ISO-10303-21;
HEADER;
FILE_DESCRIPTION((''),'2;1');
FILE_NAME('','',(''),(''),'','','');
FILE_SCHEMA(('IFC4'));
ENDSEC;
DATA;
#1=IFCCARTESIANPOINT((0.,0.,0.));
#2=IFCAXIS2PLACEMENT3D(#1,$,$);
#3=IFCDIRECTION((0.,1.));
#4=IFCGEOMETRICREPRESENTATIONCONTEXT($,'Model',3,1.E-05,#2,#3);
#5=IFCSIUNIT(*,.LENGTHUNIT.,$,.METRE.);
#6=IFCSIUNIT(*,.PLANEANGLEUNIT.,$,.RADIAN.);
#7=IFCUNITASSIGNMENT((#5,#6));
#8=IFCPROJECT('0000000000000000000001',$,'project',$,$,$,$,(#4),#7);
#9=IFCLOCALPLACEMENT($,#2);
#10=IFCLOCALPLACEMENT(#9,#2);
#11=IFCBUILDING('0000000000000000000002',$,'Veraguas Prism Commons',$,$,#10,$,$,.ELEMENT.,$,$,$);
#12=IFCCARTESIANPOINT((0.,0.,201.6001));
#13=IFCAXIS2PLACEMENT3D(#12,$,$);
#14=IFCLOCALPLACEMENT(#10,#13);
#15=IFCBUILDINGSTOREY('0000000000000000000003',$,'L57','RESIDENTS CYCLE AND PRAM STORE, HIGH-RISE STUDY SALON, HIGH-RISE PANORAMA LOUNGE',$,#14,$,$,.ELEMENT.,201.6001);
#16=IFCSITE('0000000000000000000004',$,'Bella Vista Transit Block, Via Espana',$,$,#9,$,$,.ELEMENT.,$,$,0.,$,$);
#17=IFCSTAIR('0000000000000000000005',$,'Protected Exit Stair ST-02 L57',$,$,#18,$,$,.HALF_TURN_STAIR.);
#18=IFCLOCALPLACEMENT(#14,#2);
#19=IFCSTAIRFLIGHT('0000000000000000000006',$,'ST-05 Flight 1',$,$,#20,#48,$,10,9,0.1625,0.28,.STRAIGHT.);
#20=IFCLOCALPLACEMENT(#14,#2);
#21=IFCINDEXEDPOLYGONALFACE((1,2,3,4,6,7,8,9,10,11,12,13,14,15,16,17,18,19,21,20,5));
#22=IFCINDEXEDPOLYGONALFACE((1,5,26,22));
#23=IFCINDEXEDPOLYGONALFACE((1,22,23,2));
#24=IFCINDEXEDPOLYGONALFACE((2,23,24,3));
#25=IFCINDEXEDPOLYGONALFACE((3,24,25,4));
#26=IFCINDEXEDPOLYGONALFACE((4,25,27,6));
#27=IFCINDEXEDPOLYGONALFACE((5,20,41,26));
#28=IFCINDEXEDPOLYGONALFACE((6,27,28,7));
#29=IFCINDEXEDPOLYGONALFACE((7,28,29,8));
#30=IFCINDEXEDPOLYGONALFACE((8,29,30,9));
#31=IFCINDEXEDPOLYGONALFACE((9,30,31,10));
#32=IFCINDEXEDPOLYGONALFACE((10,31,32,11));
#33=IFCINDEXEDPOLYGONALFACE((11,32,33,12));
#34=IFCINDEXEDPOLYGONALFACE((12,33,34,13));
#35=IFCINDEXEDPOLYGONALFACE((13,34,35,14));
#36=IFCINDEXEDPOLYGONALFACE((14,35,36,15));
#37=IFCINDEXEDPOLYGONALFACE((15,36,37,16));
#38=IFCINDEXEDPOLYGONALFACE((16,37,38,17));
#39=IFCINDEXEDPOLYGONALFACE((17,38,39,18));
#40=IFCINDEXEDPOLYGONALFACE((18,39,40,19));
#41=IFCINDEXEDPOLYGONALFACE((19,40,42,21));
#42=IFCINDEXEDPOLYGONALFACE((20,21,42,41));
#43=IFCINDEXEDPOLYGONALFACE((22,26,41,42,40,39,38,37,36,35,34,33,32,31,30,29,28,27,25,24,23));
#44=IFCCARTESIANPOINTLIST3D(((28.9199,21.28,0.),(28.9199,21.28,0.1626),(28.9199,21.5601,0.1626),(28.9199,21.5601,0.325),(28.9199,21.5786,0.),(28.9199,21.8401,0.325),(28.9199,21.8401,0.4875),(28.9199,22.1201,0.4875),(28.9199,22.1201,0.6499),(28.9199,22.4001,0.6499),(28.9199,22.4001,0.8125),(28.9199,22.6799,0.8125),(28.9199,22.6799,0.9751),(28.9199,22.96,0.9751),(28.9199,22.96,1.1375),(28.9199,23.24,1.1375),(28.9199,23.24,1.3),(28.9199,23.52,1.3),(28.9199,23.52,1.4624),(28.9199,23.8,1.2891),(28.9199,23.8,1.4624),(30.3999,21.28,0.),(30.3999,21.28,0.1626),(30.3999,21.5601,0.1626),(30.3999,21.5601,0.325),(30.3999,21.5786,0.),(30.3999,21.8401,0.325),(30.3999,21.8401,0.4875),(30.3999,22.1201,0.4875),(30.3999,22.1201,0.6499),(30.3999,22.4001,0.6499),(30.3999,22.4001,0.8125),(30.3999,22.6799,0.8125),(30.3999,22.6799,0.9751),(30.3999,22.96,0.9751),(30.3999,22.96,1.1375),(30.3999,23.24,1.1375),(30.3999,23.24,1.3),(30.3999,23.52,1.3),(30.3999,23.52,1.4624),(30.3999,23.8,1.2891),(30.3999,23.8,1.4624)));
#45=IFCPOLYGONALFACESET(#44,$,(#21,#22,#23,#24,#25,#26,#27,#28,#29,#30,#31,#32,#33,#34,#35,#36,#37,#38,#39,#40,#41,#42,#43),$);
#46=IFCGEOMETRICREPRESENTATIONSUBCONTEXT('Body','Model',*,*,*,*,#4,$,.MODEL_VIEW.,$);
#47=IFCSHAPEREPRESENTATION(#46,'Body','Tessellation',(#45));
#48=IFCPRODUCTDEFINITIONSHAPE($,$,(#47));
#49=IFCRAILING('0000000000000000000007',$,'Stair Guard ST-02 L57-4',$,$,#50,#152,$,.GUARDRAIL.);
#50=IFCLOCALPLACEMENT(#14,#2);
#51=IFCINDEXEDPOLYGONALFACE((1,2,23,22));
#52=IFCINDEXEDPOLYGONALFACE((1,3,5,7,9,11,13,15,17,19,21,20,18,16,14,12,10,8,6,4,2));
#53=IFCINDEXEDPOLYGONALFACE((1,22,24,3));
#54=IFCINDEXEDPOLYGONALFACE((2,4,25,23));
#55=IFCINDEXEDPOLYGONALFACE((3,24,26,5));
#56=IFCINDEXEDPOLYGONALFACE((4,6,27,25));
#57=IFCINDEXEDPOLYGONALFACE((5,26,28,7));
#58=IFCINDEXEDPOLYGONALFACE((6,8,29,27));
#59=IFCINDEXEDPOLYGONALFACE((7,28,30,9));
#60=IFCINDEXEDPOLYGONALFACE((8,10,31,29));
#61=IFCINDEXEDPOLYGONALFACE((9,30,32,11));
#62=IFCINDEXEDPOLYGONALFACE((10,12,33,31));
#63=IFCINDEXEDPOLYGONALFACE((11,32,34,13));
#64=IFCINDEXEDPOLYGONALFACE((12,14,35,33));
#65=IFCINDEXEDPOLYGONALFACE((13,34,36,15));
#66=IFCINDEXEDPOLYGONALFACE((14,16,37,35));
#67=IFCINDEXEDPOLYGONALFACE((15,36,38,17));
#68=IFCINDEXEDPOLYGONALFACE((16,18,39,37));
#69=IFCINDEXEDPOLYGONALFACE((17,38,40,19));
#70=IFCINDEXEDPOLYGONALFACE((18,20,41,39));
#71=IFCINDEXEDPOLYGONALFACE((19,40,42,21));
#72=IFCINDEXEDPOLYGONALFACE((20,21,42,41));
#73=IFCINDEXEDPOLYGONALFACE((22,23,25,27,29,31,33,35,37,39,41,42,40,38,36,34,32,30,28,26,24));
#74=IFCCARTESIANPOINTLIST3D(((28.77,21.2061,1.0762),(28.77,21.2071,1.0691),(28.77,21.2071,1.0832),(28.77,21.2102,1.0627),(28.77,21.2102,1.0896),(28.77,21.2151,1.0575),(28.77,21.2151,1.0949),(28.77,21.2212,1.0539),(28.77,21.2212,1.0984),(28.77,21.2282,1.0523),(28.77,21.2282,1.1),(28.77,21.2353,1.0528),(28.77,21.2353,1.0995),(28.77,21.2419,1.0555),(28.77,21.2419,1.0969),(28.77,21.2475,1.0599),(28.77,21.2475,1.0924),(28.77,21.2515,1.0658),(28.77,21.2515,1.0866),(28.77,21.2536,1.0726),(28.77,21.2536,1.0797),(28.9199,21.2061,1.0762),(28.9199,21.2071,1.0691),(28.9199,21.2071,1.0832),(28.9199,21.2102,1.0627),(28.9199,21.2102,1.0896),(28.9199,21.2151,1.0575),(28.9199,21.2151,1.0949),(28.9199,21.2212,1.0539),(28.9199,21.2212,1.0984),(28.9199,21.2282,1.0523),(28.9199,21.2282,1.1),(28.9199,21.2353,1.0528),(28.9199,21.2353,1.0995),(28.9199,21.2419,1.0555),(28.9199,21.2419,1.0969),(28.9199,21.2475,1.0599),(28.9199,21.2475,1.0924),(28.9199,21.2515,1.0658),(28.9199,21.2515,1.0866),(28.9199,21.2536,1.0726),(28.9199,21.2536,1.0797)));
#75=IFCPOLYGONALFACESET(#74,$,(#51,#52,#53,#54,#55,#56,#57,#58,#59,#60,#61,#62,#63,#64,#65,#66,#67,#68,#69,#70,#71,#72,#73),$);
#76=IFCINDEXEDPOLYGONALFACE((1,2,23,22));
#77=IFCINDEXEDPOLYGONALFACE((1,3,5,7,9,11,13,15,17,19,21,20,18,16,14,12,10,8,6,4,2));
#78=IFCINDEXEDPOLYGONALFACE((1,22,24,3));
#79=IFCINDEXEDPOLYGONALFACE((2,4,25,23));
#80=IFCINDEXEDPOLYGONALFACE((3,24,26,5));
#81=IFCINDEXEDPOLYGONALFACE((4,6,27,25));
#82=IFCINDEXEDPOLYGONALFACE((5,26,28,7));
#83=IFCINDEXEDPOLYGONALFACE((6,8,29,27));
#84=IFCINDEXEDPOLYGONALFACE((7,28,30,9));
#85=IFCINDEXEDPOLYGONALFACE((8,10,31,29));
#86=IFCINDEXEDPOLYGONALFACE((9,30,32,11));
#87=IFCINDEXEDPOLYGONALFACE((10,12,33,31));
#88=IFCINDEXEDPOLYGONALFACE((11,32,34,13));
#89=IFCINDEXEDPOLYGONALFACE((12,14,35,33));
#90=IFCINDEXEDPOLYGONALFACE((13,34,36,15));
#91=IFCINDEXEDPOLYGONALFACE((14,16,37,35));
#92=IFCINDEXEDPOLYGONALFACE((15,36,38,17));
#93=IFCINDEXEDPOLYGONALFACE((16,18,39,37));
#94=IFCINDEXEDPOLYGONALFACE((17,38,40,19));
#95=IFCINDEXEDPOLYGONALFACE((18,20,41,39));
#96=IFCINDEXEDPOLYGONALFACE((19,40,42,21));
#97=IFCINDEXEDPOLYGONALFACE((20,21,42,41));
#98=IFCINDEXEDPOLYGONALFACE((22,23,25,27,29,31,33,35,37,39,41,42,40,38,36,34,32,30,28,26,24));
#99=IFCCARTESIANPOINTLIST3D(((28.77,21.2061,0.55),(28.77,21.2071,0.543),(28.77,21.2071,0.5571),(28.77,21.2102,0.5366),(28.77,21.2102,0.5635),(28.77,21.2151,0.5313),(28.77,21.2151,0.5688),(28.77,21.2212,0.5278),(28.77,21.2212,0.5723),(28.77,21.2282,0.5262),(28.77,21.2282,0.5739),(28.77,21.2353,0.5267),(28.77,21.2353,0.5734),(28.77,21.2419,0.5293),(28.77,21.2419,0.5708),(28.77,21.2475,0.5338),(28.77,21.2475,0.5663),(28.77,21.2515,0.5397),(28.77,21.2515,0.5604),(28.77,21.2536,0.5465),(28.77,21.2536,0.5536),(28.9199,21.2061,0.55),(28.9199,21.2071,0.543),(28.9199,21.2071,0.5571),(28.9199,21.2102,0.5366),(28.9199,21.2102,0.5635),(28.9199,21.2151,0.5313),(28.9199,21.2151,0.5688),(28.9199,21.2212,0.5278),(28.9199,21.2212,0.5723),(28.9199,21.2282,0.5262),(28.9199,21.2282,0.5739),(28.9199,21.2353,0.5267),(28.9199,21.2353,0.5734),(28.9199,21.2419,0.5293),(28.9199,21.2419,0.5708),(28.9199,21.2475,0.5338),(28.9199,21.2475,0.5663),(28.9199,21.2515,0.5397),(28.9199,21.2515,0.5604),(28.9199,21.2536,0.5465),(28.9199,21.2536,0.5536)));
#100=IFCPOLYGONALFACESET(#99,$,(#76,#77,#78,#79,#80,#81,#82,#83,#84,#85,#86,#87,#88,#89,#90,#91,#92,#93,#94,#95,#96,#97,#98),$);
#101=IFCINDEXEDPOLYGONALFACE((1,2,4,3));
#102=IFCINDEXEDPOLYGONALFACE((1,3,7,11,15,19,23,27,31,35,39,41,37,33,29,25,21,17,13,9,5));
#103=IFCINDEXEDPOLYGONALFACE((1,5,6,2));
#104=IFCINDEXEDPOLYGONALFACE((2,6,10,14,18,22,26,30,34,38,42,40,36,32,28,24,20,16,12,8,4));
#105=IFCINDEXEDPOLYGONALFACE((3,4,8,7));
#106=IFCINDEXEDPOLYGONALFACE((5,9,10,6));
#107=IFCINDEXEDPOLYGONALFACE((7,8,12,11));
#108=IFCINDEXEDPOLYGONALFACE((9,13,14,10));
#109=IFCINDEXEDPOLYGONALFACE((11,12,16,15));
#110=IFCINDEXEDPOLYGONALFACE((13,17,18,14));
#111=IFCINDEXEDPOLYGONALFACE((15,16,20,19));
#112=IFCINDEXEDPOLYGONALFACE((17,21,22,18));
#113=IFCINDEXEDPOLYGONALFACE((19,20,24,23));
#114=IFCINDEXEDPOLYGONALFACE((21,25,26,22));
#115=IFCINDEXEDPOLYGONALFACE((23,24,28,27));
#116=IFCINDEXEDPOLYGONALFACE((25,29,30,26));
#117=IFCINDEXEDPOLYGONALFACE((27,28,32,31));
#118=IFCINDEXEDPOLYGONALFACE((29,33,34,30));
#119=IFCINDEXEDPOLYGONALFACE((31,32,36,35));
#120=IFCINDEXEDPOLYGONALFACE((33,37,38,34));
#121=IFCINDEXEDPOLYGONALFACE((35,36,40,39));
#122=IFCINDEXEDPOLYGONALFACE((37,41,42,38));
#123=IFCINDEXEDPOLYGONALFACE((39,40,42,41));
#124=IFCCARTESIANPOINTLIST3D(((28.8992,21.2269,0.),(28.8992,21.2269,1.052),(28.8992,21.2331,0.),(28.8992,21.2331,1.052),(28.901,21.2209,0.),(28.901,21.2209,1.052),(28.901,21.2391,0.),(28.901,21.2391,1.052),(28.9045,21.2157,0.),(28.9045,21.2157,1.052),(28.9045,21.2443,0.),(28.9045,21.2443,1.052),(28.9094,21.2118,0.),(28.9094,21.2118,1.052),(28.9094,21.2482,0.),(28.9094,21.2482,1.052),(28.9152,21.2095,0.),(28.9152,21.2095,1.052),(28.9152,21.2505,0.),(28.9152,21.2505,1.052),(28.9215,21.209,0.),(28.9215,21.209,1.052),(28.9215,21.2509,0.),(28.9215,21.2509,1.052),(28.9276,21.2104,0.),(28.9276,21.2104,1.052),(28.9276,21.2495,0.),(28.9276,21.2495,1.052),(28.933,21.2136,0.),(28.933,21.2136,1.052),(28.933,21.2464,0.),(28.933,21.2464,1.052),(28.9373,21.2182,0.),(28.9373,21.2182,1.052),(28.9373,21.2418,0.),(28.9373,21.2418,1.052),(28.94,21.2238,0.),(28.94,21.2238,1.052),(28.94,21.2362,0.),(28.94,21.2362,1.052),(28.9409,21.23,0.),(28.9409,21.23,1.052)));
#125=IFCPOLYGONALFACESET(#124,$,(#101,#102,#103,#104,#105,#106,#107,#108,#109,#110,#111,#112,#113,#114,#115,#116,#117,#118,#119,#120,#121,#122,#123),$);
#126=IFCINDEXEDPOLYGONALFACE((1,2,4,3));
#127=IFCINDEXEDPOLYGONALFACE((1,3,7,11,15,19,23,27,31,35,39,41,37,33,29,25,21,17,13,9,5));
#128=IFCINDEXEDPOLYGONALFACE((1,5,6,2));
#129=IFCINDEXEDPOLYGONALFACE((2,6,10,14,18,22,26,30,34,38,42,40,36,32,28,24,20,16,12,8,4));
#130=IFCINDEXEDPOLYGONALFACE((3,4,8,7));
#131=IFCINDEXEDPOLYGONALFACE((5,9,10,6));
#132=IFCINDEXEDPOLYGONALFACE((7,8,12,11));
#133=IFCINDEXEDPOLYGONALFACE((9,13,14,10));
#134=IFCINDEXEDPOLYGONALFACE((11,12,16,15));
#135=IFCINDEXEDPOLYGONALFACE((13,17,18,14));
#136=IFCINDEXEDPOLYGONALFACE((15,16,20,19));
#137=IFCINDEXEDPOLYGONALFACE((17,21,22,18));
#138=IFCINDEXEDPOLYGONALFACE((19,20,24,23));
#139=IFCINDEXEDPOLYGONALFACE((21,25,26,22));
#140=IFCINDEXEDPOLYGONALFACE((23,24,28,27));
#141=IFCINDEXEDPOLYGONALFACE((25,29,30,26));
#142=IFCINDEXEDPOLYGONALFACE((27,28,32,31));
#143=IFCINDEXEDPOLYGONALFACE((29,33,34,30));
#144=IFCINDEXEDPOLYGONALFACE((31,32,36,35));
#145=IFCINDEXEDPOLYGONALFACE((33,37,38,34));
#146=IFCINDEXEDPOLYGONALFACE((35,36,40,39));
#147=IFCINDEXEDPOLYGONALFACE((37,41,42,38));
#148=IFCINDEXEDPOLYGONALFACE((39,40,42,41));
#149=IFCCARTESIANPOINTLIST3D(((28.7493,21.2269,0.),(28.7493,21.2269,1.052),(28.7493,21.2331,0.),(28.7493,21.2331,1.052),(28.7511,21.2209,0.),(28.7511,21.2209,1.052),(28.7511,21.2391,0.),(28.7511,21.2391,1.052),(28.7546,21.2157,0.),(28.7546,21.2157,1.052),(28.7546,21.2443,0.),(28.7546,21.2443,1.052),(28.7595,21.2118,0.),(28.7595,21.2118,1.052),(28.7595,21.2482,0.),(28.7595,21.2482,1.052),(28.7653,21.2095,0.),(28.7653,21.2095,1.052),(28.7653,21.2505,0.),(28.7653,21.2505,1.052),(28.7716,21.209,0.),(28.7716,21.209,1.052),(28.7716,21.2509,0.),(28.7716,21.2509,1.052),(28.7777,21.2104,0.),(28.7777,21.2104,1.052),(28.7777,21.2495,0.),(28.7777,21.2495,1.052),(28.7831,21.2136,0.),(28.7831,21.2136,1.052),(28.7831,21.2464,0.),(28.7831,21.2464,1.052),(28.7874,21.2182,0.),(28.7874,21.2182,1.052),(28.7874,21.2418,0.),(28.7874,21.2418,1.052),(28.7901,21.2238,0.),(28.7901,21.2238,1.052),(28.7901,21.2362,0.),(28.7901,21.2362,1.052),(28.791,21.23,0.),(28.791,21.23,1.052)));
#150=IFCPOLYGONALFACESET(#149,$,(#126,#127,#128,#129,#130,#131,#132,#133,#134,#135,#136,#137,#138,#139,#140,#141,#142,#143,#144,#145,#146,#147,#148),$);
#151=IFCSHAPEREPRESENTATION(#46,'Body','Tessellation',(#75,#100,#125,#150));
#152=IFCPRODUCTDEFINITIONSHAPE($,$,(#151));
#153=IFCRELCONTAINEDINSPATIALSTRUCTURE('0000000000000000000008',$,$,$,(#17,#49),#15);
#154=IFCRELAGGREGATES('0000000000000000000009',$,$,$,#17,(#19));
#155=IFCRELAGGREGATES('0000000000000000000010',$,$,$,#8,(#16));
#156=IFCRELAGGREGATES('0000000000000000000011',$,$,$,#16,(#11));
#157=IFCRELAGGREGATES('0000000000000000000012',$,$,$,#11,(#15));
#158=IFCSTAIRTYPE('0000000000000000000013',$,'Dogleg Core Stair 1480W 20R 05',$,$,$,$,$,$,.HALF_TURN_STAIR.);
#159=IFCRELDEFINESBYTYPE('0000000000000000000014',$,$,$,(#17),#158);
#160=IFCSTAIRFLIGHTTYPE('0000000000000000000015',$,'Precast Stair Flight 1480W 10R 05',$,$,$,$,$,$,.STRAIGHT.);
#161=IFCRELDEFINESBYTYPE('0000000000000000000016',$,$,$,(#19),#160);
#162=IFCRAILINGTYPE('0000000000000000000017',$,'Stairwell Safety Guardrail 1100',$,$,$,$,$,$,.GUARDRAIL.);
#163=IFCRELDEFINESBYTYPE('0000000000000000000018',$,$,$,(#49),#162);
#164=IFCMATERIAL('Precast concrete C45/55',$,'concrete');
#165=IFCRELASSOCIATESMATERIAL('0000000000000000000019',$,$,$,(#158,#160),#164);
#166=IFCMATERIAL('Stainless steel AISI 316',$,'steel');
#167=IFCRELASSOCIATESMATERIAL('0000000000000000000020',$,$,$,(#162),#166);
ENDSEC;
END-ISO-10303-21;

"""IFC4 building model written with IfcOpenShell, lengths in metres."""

from ifc_helpers import new_model, si_unit, direction, frame, origin, origin_2d, place, context, subcontext, project, spatial, polyline, circle, outline, extrude, material, type_object, element, aggregate, save


model = new_model("IFC4")

# Units and contexts
model_context = context("Model", 3, precision=1e-05, world=origin(), true_north=direction((0.0, 1.0)))
body_context = subcontext(model_context, "Body", "Model", "MODEL_VIEW")
ifc_project = project(units=[si_unit("LENGTHUNIT", "METRE"), si_unit("PLANEANGLEUNIT", "RADIAN")], contexts=[model_context])

# Site, building, storey
site_placement = place(None, origin())
site = spatial("IfcSite", under=ifc_project, at=site_placement, Name="Bella Vista Transit Block, Via Espana", CompositionType="ELEMENT", RefElevation=0.0)
building_placement = place(site_placement, origin())
building = spatial("IfcBuilding", under=site, at=building_placement, Name="Veraguas Prism Commons", CompositionType="ELEMENT")
storey_placement = place(building_placement, frame((0.0, 0.0, 201.6001)))
storey = spatial("IfcBuildingStorey", under=building, at=storey_placement, Name="L57", Description="RESIDENTS CYCLE AND PRAM STORE, HIGH-RISE STUDY SALON, HIGH-RISE PANORAMA LOUNGE", CompositionType="ELEMENT", Elevation=201.6001)

# Shared definitions
ifc_material_1 = material(Name="Stainless steel AISI 316", Category="steel")

# Stair, stair flight
ifc_material_2 = material(Name="Precast concrete C45/55", Category="concrete")
stair_type = type_object("IfcStairType", Name="Dogleg Core Stair 1480W 20R 05", PredefinedType="HALF_TURN_STAIR", material=ifc_material_2)
stair_placement = place(storey_placement, origin())
stair = element("IfcStair", 1, at=stair_placement, inside=storey, type_object=stair_type, Name="Protected Exit Stair ST-02 L57", PredefinedType="HALF_TURN_STAIR")
stair_flight_type = type_object("IfcStairFlightType", Name="Precast Stair Flight 1480W 10R 05", PredefinedType="STRAIGHT", material=ifc_material_2)
stair_flight_placement = place(storey_placement, frame((29.6599, 21.28, 0.0), z_axis=(0.0, 0.0, 1.0), x_axis=(0.0, 1.0, 0.0)))
stair_flight = element("IfcStairFlight", 2, at=stair_flight_placement, type_object=stair_flight_type, Name="ST-05 Flight 1", NumberOfRisers=10, NumberOfTreads=9, PredefinedType="STRAIGHT", RiserHeight=0.1625, TreadLength=0.28, context=body_context, shape_type="SweptSolid", body=[
    extrude(outline(polyline([(0.0, 0.0), (0.0, 0.1626), (0.28, 0.1626), (0.28, 0.325), (0.5601, 0.325), (0.5601, 0.4875), (0.8401, 0.4875), (0.8401, 0.6499), (1.1201, 0.6499), (1.1201, 0.8125), (1.3999, 0.8125), (1.3999, 0.9751), (1.6799, 0.9751), (1.6799, 1.1375), (1.96, 1.1375), (1.96, 1.3), (2.24, 1.3), (2.24, 1.4624), (2.52, 1.4624), (2.52, 1.625), (2.52, 1.2891), (0.2986, 0.0), (0.0, 0.0)])), frame((0.0, 0.74, 0.0), z_axis=(0.0, -1.0, 0.0), x_axis=(1.0, 0.0, 0.0)), (0.0, 0.0, 1.0), 1.48),
])
aggregate(stair, [stair_flight])

# Railing
railing_type = type_object("IfcRailingType", Name="Stairwell Safety Guardrail 1100", PredefinedType="GUARDRAIL", material=ifc_material_1)
railing_placement = place(storey_placement, frame((28.9199, 21.23, 0.0)))
element("IfcRailing", 3, at=railing_placement, inside=storey, type_object=railing_type, Name="Stair Guard ST-02 L57-4", PredefinedType="GUARDRAIL", context=body_context, shape_type="SweptSolid", body=[
    extrude(circle(Radius=0.0239, at=origin_2d()), frame((0.0, 0.0, 1.0762), z_axis=(-1.0, 0.0, 0.0), x_axis=(0.0, -1.0, 0.0)), (0.0, 0.0, 1.0), 0.1499),
    extrude(circle(Radius=0.0239, at=origin_2d()), frame((0.0, 0.0, 0.55), z_axis=(-1.0, 0.0, 0.0), x_axis=(0.0, -1.0, 0.0)), (0.0, 0.0, 1.0), 0.1499),
    extrude(circle(Radius=0.021, at=origin_2d()), origin(), (0.0, 0.0, 1.0), 1.052),
    extrude(circle(Radius=0.021, at=origin_2d()), frame((-0.1499, 0.0, 0.0)), (0.0, 0.0, 1.0), 1.052),
])

save(model, "model.ifc")
